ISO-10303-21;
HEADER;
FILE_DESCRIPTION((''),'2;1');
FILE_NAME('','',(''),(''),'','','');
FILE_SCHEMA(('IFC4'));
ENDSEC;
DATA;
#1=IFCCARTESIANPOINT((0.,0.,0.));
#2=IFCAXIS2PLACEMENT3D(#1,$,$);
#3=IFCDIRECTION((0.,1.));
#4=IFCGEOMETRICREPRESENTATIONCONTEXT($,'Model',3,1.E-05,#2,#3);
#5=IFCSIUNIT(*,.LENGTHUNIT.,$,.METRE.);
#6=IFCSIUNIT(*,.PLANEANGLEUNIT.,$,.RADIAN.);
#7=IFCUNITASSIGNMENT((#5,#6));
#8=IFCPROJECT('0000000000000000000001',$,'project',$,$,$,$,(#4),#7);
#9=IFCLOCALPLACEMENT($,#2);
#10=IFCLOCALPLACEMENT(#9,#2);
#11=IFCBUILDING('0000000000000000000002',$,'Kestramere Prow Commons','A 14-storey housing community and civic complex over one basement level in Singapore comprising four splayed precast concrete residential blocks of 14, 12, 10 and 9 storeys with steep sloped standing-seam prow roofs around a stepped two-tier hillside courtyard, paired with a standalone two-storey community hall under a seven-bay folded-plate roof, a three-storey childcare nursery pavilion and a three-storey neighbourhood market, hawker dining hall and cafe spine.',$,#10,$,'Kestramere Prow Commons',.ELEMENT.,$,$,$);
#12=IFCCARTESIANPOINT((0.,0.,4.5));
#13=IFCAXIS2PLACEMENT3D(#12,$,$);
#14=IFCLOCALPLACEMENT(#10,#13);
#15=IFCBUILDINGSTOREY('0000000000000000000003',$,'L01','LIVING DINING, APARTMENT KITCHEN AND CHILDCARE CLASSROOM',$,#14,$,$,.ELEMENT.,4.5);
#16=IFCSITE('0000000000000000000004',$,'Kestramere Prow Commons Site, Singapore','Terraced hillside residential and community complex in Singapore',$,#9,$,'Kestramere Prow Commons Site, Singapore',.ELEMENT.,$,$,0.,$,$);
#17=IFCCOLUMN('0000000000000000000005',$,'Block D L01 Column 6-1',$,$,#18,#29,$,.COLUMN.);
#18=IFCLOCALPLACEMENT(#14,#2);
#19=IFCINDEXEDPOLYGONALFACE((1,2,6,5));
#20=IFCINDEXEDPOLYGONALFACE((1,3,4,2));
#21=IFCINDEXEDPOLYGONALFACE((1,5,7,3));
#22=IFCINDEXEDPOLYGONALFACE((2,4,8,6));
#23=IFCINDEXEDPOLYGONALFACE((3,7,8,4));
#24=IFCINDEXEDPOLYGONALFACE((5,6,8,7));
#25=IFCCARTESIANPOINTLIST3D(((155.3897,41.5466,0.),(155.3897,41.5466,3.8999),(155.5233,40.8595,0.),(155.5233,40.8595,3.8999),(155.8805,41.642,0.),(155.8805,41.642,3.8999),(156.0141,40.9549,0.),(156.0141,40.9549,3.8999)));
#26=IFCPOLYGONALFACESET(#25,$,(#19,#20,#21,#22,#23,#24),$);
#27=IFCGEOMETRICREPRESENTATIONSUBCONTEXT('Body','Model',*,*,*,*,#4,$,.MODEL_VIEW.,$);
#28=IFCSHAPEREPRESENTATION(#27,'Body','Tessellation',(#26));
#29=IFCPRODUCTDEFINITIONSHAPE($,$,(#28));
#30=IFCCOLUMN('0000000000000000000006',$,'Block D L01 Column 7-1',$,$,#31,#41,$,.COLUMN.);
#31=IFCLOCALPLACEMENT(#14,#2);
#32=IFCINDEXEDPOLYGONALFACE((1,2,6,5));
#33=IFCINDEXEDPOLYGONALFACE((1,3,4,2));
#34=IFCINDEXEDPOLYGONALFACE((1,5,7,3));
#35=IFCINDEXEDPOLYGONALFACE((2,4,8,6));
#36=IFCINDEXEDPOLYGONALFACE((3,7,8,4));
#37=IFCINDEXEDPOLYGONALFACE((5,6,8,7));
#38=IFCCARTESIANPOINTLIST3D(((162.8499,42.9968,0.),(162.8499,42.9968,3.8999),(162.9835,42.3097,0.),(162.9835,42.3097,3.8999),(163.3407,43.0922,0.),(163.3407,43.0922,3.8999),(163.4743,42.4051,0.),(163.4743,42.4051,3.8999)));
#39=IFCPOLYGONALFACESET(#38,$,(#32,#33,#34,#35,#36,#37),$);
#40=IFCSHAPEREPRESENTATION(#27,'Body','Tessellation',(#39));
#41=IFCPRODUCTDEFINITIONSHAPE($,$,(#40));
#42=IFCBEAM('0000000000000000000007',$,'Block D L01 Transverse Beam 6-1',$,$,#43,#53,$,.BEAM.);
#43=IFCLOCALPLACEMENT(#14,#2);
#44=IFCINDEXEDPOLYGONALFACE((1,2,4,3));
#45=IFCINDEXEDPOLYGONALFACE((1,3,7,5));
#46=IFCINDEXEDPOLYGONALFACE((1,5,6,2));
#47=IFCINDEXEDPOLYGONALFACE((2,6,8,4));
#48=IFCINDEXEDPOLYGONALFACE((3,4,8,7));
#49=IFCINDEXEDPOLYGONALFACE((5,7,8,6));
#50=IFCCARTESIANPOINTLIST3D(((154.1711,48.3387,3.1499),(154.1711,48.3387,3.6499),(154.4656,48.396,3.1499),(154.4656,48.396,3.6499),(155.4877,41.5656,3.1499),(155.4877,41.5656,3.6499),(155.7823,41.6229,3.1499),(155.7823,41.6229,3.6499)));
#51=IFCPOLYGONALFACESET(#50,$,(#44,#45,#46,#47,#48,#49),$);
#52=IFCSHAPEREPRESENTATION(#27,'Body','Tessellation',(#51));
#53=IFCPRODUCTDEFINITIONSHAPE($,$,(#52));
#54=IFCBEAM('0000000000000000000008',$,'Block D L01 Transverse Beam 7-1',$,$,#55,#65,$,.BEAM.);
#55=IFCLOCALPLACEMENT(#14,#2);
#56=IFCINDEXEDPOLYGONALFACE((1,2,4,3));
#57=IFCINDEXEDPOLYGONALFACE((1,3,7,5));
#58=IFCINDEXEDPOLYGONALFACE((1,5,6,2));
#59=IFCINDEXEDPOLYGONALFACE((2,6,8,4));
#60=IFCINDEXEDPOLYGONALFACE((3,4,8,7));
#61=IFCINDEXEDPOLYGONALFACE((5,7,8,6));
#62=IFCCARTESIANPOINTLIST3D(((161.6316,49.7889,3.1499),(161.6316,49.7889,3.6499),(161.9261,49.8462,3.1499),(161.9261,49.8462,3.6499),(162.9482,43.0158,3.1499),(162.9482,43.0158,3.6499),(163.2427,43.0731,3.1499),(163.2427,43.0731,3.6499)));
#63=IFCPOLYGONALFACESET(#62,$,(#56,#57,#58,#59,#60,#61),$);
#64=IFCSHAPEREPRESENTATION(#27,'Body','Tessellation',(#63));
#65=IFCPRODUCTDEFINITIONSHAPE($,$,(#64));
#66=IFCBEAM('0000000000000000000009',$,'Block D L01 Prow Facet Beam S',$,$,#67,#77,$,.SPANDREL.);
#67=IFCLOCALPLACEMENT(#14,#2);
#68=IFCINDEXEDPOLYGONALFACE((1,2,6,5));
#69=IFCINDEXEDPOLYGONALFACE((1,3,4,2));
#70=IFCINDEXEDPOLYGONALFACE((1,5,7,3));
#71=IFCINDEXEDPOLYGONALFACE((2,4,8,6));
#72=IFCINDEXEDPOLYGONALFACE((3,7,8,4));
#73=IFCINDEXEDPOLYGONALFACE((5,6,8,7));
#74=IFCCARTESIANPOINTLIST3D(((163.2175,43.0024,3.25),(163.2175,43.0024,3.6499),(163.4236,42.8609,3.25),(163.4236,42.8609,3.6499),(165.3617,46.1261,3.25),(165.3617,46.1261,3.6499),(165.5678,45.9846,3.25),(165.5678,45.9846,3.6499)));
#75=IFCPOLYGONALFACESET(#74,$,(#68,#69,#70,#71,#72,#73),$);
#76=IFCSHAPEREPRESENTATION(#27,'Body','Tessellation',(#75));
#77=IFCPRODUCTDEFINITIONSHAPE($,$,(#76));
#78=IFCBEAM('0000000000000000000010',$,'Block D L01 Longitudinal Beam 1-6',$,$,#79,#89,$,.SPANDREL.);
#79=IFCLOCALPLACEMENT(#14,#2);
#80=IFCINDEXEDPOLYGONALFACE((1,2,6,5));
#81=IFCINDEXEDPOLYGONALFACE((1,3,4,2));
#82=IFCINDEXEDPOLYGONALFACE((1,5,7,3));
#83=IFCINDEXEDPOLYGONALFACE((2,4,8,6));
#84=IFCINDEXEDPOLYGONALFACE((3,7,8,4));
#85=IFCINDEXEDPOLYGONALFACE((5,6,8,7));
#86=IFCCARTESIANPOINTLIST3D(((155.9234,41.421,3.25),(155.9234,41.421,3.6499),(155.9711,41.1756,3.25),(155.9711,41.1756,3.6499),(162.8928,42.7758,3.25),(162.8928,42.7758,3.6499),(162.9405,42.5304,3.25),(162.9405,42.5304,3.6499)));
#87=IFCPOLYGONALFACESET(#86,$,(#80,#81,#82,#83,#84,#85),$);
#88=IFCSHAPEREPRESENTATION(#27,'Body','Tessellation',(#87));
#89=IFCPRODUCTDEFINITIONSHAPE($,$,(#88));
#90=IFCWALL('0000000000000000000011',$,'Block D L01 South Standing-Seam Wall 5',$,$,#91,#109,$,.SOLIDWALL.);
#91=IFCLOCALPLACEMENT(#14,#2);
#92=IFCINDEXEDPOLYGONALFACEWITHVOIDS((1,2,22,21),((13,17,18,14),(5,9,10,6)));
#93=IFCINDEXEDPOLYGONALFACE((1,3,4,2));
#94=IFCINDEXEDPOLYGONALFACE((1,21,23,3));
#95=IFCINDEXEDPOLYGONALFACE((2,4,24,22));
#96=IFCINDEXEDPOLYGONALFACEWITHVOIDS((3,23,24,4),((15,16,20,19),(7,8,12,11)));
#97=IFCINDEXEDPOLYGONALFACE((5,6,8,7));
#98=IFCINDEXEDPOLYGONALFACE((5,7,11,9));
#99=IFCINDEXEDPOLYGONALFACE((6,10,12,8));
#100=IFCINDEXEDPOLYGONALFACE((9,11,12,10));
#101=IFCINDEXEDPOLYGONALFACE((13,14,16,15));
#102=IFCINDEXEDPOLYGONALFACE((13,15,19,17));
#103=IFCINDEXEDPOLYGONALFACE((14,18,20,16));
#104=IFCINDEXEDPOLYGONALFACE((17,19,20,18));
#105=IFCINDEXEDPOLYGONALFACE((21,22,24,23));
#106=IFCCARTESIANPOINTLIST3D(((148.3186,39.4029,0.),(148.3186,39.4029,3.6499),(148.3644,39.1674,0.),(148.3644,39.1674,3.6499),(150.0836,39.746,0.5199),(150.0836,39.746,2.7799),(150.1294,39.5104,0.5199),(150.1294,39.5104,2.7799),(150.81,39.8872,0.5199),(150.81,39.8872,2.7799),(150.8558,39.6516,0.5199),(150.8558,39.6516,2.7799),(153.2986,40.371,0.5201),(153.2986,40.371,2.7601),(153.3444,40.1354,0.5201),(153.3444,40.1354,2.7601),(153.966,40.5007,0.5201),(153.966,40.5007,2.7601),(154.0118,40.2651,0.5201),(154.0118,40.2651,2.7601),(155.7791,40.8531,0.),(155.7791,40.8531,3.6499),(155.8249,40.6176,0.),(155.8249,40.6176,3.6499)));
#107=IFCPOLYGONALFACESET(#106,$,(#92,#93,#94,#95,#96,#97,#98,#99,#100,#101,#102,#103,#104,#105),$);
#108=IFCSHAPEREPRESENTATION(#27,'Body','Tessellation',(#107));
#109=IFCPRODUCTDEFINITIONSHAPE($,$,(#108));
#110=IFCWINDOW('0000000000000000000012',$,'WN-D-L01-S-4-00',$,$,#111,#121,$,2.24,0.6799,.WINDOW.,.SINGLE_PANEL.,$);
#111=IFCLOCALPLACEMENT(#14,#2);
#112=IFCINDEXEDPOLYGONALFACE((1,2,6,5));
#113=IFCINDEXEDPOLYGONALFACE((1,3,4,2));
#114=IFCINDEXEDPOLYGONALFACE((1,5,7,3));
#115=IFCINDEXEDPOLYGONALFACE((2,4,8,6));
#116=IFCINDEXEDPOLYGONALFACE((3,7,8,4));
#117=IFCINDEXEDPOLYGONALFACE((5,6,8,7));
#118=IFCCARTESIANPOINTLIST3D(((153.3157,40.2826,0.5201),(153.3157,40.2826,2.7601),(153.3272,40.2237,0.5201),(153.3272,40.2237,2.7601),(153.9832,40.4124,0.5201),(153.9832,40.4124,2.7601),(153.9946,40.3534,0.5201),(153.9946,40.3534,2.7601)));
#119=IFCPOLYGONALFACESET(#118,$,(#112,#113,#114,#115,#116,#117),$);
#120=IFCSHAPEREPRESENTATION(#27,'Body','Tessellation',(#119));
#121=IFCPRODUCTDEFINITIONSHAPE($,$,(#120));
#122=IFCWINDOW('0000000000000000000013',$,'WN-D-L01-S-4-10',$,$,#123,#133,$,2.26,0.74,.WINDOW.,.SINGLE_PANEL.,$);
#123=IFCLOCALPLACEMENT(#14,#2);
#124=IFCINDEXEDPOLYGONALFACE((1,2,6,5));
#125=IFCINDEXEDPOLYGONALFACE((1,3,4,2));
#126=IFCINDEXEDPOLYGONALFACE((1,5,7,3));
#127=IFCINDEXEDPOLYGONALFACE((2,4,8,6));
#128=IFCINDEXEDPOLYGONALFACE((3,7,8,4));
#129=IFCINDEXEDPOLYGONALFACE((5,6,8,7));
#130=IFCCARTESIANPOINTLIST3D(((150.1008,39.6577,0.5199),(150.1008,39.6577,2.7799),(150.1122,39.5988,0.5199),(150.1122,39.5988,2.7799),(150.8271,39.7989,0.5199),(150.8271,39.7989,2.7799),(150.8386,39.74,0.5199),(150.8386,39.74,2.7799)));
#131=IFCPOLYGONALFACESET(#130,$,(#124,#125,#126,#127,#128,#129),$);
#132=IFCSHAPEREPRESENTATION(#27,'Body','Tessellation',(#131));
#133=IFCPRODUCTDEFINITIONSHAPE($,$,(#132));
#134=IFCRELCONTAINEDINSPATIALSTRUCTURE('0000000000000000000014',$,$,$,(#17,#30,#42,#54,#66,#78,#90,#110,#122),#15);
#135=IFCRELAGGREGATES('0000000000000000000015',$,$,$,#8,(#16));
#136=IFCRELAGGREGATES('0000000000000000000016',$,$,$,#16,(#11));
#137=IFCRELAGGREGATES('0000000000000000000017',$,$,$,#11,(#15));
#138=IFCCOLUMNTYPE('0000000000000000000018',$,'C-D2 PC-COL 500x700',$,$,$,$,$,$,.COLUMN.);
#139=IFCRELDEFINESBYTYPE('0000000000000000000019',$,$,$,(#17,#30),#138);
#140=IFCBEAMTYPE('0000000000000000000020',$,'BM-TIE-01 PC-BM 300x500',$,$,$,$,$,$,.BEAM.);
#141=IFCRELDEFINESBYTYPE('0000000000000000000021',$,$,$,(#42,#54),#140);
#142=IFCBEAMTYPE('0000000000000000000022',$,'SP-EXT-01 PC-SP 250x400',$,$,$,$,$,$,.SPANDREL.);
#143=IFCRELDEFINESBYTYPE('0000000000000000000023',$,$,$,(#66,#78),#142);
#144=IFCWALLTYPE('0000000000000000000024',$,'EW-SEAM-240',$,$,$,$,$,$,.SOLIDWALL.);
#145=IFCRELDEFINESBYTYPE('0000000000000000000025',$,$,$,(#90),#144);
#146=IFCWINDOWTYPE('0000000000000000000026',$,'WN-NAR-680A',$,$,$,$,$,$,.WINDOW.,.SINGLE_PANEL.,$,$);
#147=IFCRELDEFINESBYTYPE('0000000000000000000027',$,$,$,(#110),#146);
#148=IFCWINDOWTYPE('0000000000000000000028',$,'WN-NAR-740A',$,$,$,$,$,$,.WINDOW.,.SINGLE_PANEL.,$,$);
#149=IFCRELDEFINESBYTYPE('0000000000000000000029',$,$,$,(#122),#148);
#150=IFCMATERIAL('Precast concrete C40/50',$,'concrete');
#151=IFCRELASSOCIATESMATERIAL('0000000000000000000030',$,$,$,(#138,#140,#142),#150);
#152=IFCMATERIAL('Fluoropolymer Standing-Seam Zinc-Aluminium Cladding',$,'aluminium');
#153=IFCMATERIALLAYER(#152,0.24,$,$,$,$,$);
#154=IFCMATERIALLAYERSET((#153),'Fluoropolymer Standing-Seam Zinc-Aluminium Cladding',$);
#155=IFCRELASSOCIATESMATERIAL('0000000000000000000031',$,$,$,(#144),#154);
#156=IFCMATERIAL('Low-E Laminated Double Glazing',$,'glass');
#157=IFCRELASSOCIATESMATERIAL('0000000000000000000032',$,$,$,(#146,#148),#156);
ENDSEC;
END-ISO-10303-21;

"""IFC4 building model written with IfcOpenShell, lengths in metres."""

from ifc_helpers import new_model, si_unit, direction, frame, frame_2d, origin, origin_2d, place, context, subcontext, project, spatial, rectangle, extrude, material, layer, layer_set, material_profile, profile_set, type_object, element, fill, save


model = new_model("IFC4")

# Units and contexts
model_context = context("Model", 3, precision=1e-05, world=origin(), true_north=direction((0.0, 1.0)))
body_context = subcontext(model_context, "Body", "Model", "MODEL_VIEW")
ifc_project = project(units=[si_unit("LENGTHUNIT", "METRE"), si_unit("PLANEANGLEUNIT", "RADIAN")], contexts=[model_context])

# Site, building, storey
site_placement = place(None, origin())
site = spatial("IfcSite", under=ifc_project, at=site_placement, Name="Kestramere Prow Commons Site, Singapore", Description="Terraced hillside residential and community complex in Singapore", LongName="Kestramere Prow Commons Site, Singapore", CompositionType="ELEMENT", RefElevation=0.0)
building_placement = place(site_placement, origin())
building = spatial("IfcBuilding", under=site, at=building_placement, Name="Kestramere Prow Commons", Description="A 14-storey housing community and civic complex over one basement level in Singapore comprising four splayed precast concrete residential blocks of 14, 12, 10 and 9 storeys with steep sloped standing-seam prow roofs around a stepped two-tier hillside courtyard, paired with a standalone two-storey community hall under a seven-bay folded-plate roof, a three-storey childcare nursery pavilion and a three-storey neighbourhood market, hawker dining hall and cafe spine.", LongName="Kestramere Prow Commons", CompositionType="ELEMENT")
storey_placement = place(building_placement, frame((0.0, 0.0, 4.5)))
storey = spatial("IfcBuildingStorey", under=building, at=storey_placement, Name="L01", Description="LIVING DINING, APARTMENT KITCHEN AND CHILDCARE CLASSROOM", CompositionType="ELEMENT", Elevation=4.5)

# Columns
ifc_material_1 = material(Name="Precast concrete C40/50", Category="concrete")
ifc_material_profile_1 = material_profile(ifc_material_1, rectangle(XDim=0.5, YDim=0.7, at=origin_2d()), Name="PC-COL 500x700")
ifc_profile_set_1 = profile_set([ifc_material_profile_1], Name="Precast concrete C40/50")
column_type = type_object("IfcColumnType", Name="C-D2 PC-COL 500x700", PredefinedType="COLUMN", material=ifc_profile_set_1)
for number, where, z_axis, x_axis, name in (
    (1, (155.7019, 41.2507, 0.0), (0.0, 0.0, 1.0), (0.981627, 0.190809, 0.0), "Block D L01 Column 6-1"),
    (2, (163.1621, 42.7009, 0.0), (0.0, 0.0, 1.0), (0.981627, 0.190809, 0.0), "Block D L01 Column 7-1"),
):
    element("IfcColumn", number, at=place(storey_placement, frame(where, z_axis=z_axis, x_axis=x_axis)), inside=storey, type_object=column_type, Name=name, PredefinedType="COLUMN", context=body_context, shape_type="SweptSolid", body=[
        extrude(rectangle(XDim=0.5, YDim=0.7, at=origin_2d()), origin(), (0.0, 0.0, 1.0), 3.8999),
    ])

# Beams
ifc_material_profile_2 = material_profile(ifc_material_1, rectangle(XDim=0.3, YDim=0.5, at=origin_2d()), Name="PC-BM 300x500")
ifc_profile_set_2 = profile_set([ifc_material_profile_2], Name="Precast concrete C40/50")
beam_type_1 = type_object("IfcBeamType", Name="BM-TIE-01 PC-BM 300x500", PredefinedType="BEAM", material=ifc_profile_set_2)
for number, where, z_axis, x_axis, name in (
    (3, (155.635, 41.5942, 3.3999), (-0.190819, 0.981625, 0.0), (-0.981625, -0.190819, 0.0), "Block D L01 Transverse Beam 6-1"),
    (4, (163.0955, 43.0444, 3.3999), (-0.190819, 0.981625, 0.0), (-0.981625, -0.190819, 0.0), "Block D L01 Transverse Beam 7-1"),
):
    element("IfcBeam", number, at=place(storey_placement, frame(where, z_axis=z_axis, x_axis=x_axis)), inside=storey, type_object=beam_type_1, Name=name, PredefinedType="BEAM", context=body_context, shape_type="SweptSolid", body=[
        extrude(rectangle(XDim=0.3, YDim=0.5, at=origin_2d()), origin(), (0.0, 0.0, 1.0), 6.8999),
    ])
ifc_material_profile_3 = material_profile(ifc_material_1, rectangle(XDim=0.25, YDim=0.3999, at=origin_2d()), Name="PC-SP 250x400")
ifc_profile_set_3 = profile_set([ifc_material_profile_3], Name="Precast concrete C40/50")
beam_type_2 = type_object("IfcBeamType", Name="SP-EXT-01 PC-SP 250x400", PredefinedType="SPANDREL", material=ifc_profile_set_3)
beam_1_placement = place(storey_placement, frame((163.3206, 42.9316, 3.45), z_axis=(0.565935, 0.82445, 0.0), x_axis=(-0.82445, 0.565935, 0.0)))
element("IfcBeam", 5, at=beam_1_placement, inside=storey, type_object=beam_type_2, Name="Block D L01 Prow Facet Beam S", PredefinedType="SPANDREL", context=body_context, shape_type="SweptSolid", body=[
    extrude(rectangle(XDim=0.25, YDim=0.3999, at=origin_2d()), origin(), (0.0, 0.0, 1.0), 3.7888),
])
beam_2_placement = place(storey_placement, frame((155.9473, 41.2983, 3.45), z_axis=(0.981627, 0.19081, 0.0), x_axis=(-0.19081, 0.981627, 0.0)))
element("IfcBeam", 6, at=beam_2_placement, inside=storey, type_object=beam_type_2, Name="Block D L01 Longitudinal Beam 1-6", PredefinedType="SPANDREL", context=body_context, shape_type="SweptSolid", body=[
    extrude(rectangle(XDim=0.25, YDim=0.3999, at=origin_2d()), origin(), (0.0, 0.0, 1.0), 7.0999),
])

# Wall, openings, windows
ifc_material_2 = material(Name="Fluoropolymer Standing-Seam Zinc-Aluminium Cladding", Category="aluminium")
ifc_layer_1 = layer(ifc_material_2, 0.24)
ifc_layer_set_1 = layer_set([ifc_layer_1], Name="Fluoropolymer Standing-Seam Zinc-Aluminium Cladding")
wall_type_1 = type_object("IfcWallType", Name="EW-SEAM-240", PredefinedType="SOLIDWALL", material=ifc_layer_set_1)
wall_1_placement = place(storey_placement, frame((155.802, 40.7354, 0.0), z_axis=(0.0, 0.0, 1.0), x_axis=(-0.981626, -0.190813, 0.0)))
wall_1 = element("IfcWall", 7, at=wall_1_placement, inside=storey, type_object=wall_type_1, Name="Block D L01 South Standing-Seam Wall 5", PredefinedType="SOLIDWALL", context=body_context, shape_type="SweptSolid", body=[
    extrude(rectangle(XDim=7.6001, YDim=0.24, at=frame_2d((3.8, 0.0))), origin(), (0.0, 0.0, 1.0), 3.6499),
])
opening_1_placement = place(wall_1_placement, frame((1.8472, 0.0, 0.52)))
opening_1 = element("IfcOpeningElement", 8, at=opening_1_placement, cuts=wall_1, PredefinedType="OPENING", context=body_context, shape_type="SweptSolid", body=[
    extrude(rectangle(XDim=0.6799, YDim=2.24, at=frame_2d((0.3398, 1.1201))), frame((0.0, 0.135, 0.0), z_axis=(0.0, -1.0, 0.0), x_axis=(1.0, 0.0, 0.0)), (0.0, 0.0, 1.0), 0.27),
])
opening_2_placement = place(wall_1_placement, frame((5.062, 0.0, 0.52)))
opening_2 = element("IfcOpeningElement", 9, at=opening_2_placement, cuts=wall_1, PredefinedType="OPENING", context=body_context, shape_type="SweptSolid", body=[
    extrude(rectangle(XDim=0.74, YDim=2.26, at=frame_2d((0.3701, 1.1299))), frame((0.0, 0.135, 0.0), z_axis=(0.0, -1.0, 0.0), x_axis=(1.0, 0.0, 0.0)), (0.0, 0.0, 1.0), 0.27),
])
ifc_material_3 = material(Name="Low-E Laminated Double Glazing", Category="glass")
window_type_1 = type_object("IfcWindowType", Name="WN-NAR-680A", PartitioningType="SINGLE_PANEL", PredefinedType="WINDOW", material=ifc_material_3)
window_1_placement = place(opening_1_placement, origin())
window_1 = element("IfcWindow", 10, at=window_1_placement, inside=storey, type_object=window_type_1, Name="WN-D-L01-S-4-00", OverallHeight=2.24, OverallWidth=0.6799, PartitioningType="SINGLE_PANEL", PredefinedType="WINDOW", context=body_context, shape_type="SweptSolid", body=[
    extrude(rectangle(XDim=0.6799, YDim=2.24, at=frame_2d((0.3398, 1.1201))), frame((0.0, 0.03, 0.0), z_axis=(0.0, -1.0, 0.0), x_axis=(1.0, 0.0, 0.0)), (0.0, 0.0, 1.0), 0.0601),
])
fill(opening_1, window_1)
window_type_2 = type_object("IfcWindowType", Name="WN-NAR-740A", PartitioningType="SINGLE_PANEL", PredefinedType="WINDOW", material=ifc_material_3)
window_2_placement = place(opening_2_placement, origin())
window_2 = element("IfcWindow", 11, at=window_2_placement, inside=storey, type_object=window_type_2, Name="WN-D-L01-S-4-10", OverallHeight=2.26, OverallWidth=0.74, PartitioningType="SINGLE_PANEL", PredefinedType="WINDOW", context=body_context, shape_type="SweptSolid", body=[
    extrude(rectangle(XDim=0.74, YDim=2.26, at=frame_2d((0.3701, 1.1299))), frame((0.0, 0.03, 0.0), z_axis=(0.0, -1.0, 0.0), x_axis=(1.0, 0.0, 0.0)), (0.0, 0.0, 1.0), 0.0601),
])
fill(opening_2, window_2)

save(model, "model.ifc")
